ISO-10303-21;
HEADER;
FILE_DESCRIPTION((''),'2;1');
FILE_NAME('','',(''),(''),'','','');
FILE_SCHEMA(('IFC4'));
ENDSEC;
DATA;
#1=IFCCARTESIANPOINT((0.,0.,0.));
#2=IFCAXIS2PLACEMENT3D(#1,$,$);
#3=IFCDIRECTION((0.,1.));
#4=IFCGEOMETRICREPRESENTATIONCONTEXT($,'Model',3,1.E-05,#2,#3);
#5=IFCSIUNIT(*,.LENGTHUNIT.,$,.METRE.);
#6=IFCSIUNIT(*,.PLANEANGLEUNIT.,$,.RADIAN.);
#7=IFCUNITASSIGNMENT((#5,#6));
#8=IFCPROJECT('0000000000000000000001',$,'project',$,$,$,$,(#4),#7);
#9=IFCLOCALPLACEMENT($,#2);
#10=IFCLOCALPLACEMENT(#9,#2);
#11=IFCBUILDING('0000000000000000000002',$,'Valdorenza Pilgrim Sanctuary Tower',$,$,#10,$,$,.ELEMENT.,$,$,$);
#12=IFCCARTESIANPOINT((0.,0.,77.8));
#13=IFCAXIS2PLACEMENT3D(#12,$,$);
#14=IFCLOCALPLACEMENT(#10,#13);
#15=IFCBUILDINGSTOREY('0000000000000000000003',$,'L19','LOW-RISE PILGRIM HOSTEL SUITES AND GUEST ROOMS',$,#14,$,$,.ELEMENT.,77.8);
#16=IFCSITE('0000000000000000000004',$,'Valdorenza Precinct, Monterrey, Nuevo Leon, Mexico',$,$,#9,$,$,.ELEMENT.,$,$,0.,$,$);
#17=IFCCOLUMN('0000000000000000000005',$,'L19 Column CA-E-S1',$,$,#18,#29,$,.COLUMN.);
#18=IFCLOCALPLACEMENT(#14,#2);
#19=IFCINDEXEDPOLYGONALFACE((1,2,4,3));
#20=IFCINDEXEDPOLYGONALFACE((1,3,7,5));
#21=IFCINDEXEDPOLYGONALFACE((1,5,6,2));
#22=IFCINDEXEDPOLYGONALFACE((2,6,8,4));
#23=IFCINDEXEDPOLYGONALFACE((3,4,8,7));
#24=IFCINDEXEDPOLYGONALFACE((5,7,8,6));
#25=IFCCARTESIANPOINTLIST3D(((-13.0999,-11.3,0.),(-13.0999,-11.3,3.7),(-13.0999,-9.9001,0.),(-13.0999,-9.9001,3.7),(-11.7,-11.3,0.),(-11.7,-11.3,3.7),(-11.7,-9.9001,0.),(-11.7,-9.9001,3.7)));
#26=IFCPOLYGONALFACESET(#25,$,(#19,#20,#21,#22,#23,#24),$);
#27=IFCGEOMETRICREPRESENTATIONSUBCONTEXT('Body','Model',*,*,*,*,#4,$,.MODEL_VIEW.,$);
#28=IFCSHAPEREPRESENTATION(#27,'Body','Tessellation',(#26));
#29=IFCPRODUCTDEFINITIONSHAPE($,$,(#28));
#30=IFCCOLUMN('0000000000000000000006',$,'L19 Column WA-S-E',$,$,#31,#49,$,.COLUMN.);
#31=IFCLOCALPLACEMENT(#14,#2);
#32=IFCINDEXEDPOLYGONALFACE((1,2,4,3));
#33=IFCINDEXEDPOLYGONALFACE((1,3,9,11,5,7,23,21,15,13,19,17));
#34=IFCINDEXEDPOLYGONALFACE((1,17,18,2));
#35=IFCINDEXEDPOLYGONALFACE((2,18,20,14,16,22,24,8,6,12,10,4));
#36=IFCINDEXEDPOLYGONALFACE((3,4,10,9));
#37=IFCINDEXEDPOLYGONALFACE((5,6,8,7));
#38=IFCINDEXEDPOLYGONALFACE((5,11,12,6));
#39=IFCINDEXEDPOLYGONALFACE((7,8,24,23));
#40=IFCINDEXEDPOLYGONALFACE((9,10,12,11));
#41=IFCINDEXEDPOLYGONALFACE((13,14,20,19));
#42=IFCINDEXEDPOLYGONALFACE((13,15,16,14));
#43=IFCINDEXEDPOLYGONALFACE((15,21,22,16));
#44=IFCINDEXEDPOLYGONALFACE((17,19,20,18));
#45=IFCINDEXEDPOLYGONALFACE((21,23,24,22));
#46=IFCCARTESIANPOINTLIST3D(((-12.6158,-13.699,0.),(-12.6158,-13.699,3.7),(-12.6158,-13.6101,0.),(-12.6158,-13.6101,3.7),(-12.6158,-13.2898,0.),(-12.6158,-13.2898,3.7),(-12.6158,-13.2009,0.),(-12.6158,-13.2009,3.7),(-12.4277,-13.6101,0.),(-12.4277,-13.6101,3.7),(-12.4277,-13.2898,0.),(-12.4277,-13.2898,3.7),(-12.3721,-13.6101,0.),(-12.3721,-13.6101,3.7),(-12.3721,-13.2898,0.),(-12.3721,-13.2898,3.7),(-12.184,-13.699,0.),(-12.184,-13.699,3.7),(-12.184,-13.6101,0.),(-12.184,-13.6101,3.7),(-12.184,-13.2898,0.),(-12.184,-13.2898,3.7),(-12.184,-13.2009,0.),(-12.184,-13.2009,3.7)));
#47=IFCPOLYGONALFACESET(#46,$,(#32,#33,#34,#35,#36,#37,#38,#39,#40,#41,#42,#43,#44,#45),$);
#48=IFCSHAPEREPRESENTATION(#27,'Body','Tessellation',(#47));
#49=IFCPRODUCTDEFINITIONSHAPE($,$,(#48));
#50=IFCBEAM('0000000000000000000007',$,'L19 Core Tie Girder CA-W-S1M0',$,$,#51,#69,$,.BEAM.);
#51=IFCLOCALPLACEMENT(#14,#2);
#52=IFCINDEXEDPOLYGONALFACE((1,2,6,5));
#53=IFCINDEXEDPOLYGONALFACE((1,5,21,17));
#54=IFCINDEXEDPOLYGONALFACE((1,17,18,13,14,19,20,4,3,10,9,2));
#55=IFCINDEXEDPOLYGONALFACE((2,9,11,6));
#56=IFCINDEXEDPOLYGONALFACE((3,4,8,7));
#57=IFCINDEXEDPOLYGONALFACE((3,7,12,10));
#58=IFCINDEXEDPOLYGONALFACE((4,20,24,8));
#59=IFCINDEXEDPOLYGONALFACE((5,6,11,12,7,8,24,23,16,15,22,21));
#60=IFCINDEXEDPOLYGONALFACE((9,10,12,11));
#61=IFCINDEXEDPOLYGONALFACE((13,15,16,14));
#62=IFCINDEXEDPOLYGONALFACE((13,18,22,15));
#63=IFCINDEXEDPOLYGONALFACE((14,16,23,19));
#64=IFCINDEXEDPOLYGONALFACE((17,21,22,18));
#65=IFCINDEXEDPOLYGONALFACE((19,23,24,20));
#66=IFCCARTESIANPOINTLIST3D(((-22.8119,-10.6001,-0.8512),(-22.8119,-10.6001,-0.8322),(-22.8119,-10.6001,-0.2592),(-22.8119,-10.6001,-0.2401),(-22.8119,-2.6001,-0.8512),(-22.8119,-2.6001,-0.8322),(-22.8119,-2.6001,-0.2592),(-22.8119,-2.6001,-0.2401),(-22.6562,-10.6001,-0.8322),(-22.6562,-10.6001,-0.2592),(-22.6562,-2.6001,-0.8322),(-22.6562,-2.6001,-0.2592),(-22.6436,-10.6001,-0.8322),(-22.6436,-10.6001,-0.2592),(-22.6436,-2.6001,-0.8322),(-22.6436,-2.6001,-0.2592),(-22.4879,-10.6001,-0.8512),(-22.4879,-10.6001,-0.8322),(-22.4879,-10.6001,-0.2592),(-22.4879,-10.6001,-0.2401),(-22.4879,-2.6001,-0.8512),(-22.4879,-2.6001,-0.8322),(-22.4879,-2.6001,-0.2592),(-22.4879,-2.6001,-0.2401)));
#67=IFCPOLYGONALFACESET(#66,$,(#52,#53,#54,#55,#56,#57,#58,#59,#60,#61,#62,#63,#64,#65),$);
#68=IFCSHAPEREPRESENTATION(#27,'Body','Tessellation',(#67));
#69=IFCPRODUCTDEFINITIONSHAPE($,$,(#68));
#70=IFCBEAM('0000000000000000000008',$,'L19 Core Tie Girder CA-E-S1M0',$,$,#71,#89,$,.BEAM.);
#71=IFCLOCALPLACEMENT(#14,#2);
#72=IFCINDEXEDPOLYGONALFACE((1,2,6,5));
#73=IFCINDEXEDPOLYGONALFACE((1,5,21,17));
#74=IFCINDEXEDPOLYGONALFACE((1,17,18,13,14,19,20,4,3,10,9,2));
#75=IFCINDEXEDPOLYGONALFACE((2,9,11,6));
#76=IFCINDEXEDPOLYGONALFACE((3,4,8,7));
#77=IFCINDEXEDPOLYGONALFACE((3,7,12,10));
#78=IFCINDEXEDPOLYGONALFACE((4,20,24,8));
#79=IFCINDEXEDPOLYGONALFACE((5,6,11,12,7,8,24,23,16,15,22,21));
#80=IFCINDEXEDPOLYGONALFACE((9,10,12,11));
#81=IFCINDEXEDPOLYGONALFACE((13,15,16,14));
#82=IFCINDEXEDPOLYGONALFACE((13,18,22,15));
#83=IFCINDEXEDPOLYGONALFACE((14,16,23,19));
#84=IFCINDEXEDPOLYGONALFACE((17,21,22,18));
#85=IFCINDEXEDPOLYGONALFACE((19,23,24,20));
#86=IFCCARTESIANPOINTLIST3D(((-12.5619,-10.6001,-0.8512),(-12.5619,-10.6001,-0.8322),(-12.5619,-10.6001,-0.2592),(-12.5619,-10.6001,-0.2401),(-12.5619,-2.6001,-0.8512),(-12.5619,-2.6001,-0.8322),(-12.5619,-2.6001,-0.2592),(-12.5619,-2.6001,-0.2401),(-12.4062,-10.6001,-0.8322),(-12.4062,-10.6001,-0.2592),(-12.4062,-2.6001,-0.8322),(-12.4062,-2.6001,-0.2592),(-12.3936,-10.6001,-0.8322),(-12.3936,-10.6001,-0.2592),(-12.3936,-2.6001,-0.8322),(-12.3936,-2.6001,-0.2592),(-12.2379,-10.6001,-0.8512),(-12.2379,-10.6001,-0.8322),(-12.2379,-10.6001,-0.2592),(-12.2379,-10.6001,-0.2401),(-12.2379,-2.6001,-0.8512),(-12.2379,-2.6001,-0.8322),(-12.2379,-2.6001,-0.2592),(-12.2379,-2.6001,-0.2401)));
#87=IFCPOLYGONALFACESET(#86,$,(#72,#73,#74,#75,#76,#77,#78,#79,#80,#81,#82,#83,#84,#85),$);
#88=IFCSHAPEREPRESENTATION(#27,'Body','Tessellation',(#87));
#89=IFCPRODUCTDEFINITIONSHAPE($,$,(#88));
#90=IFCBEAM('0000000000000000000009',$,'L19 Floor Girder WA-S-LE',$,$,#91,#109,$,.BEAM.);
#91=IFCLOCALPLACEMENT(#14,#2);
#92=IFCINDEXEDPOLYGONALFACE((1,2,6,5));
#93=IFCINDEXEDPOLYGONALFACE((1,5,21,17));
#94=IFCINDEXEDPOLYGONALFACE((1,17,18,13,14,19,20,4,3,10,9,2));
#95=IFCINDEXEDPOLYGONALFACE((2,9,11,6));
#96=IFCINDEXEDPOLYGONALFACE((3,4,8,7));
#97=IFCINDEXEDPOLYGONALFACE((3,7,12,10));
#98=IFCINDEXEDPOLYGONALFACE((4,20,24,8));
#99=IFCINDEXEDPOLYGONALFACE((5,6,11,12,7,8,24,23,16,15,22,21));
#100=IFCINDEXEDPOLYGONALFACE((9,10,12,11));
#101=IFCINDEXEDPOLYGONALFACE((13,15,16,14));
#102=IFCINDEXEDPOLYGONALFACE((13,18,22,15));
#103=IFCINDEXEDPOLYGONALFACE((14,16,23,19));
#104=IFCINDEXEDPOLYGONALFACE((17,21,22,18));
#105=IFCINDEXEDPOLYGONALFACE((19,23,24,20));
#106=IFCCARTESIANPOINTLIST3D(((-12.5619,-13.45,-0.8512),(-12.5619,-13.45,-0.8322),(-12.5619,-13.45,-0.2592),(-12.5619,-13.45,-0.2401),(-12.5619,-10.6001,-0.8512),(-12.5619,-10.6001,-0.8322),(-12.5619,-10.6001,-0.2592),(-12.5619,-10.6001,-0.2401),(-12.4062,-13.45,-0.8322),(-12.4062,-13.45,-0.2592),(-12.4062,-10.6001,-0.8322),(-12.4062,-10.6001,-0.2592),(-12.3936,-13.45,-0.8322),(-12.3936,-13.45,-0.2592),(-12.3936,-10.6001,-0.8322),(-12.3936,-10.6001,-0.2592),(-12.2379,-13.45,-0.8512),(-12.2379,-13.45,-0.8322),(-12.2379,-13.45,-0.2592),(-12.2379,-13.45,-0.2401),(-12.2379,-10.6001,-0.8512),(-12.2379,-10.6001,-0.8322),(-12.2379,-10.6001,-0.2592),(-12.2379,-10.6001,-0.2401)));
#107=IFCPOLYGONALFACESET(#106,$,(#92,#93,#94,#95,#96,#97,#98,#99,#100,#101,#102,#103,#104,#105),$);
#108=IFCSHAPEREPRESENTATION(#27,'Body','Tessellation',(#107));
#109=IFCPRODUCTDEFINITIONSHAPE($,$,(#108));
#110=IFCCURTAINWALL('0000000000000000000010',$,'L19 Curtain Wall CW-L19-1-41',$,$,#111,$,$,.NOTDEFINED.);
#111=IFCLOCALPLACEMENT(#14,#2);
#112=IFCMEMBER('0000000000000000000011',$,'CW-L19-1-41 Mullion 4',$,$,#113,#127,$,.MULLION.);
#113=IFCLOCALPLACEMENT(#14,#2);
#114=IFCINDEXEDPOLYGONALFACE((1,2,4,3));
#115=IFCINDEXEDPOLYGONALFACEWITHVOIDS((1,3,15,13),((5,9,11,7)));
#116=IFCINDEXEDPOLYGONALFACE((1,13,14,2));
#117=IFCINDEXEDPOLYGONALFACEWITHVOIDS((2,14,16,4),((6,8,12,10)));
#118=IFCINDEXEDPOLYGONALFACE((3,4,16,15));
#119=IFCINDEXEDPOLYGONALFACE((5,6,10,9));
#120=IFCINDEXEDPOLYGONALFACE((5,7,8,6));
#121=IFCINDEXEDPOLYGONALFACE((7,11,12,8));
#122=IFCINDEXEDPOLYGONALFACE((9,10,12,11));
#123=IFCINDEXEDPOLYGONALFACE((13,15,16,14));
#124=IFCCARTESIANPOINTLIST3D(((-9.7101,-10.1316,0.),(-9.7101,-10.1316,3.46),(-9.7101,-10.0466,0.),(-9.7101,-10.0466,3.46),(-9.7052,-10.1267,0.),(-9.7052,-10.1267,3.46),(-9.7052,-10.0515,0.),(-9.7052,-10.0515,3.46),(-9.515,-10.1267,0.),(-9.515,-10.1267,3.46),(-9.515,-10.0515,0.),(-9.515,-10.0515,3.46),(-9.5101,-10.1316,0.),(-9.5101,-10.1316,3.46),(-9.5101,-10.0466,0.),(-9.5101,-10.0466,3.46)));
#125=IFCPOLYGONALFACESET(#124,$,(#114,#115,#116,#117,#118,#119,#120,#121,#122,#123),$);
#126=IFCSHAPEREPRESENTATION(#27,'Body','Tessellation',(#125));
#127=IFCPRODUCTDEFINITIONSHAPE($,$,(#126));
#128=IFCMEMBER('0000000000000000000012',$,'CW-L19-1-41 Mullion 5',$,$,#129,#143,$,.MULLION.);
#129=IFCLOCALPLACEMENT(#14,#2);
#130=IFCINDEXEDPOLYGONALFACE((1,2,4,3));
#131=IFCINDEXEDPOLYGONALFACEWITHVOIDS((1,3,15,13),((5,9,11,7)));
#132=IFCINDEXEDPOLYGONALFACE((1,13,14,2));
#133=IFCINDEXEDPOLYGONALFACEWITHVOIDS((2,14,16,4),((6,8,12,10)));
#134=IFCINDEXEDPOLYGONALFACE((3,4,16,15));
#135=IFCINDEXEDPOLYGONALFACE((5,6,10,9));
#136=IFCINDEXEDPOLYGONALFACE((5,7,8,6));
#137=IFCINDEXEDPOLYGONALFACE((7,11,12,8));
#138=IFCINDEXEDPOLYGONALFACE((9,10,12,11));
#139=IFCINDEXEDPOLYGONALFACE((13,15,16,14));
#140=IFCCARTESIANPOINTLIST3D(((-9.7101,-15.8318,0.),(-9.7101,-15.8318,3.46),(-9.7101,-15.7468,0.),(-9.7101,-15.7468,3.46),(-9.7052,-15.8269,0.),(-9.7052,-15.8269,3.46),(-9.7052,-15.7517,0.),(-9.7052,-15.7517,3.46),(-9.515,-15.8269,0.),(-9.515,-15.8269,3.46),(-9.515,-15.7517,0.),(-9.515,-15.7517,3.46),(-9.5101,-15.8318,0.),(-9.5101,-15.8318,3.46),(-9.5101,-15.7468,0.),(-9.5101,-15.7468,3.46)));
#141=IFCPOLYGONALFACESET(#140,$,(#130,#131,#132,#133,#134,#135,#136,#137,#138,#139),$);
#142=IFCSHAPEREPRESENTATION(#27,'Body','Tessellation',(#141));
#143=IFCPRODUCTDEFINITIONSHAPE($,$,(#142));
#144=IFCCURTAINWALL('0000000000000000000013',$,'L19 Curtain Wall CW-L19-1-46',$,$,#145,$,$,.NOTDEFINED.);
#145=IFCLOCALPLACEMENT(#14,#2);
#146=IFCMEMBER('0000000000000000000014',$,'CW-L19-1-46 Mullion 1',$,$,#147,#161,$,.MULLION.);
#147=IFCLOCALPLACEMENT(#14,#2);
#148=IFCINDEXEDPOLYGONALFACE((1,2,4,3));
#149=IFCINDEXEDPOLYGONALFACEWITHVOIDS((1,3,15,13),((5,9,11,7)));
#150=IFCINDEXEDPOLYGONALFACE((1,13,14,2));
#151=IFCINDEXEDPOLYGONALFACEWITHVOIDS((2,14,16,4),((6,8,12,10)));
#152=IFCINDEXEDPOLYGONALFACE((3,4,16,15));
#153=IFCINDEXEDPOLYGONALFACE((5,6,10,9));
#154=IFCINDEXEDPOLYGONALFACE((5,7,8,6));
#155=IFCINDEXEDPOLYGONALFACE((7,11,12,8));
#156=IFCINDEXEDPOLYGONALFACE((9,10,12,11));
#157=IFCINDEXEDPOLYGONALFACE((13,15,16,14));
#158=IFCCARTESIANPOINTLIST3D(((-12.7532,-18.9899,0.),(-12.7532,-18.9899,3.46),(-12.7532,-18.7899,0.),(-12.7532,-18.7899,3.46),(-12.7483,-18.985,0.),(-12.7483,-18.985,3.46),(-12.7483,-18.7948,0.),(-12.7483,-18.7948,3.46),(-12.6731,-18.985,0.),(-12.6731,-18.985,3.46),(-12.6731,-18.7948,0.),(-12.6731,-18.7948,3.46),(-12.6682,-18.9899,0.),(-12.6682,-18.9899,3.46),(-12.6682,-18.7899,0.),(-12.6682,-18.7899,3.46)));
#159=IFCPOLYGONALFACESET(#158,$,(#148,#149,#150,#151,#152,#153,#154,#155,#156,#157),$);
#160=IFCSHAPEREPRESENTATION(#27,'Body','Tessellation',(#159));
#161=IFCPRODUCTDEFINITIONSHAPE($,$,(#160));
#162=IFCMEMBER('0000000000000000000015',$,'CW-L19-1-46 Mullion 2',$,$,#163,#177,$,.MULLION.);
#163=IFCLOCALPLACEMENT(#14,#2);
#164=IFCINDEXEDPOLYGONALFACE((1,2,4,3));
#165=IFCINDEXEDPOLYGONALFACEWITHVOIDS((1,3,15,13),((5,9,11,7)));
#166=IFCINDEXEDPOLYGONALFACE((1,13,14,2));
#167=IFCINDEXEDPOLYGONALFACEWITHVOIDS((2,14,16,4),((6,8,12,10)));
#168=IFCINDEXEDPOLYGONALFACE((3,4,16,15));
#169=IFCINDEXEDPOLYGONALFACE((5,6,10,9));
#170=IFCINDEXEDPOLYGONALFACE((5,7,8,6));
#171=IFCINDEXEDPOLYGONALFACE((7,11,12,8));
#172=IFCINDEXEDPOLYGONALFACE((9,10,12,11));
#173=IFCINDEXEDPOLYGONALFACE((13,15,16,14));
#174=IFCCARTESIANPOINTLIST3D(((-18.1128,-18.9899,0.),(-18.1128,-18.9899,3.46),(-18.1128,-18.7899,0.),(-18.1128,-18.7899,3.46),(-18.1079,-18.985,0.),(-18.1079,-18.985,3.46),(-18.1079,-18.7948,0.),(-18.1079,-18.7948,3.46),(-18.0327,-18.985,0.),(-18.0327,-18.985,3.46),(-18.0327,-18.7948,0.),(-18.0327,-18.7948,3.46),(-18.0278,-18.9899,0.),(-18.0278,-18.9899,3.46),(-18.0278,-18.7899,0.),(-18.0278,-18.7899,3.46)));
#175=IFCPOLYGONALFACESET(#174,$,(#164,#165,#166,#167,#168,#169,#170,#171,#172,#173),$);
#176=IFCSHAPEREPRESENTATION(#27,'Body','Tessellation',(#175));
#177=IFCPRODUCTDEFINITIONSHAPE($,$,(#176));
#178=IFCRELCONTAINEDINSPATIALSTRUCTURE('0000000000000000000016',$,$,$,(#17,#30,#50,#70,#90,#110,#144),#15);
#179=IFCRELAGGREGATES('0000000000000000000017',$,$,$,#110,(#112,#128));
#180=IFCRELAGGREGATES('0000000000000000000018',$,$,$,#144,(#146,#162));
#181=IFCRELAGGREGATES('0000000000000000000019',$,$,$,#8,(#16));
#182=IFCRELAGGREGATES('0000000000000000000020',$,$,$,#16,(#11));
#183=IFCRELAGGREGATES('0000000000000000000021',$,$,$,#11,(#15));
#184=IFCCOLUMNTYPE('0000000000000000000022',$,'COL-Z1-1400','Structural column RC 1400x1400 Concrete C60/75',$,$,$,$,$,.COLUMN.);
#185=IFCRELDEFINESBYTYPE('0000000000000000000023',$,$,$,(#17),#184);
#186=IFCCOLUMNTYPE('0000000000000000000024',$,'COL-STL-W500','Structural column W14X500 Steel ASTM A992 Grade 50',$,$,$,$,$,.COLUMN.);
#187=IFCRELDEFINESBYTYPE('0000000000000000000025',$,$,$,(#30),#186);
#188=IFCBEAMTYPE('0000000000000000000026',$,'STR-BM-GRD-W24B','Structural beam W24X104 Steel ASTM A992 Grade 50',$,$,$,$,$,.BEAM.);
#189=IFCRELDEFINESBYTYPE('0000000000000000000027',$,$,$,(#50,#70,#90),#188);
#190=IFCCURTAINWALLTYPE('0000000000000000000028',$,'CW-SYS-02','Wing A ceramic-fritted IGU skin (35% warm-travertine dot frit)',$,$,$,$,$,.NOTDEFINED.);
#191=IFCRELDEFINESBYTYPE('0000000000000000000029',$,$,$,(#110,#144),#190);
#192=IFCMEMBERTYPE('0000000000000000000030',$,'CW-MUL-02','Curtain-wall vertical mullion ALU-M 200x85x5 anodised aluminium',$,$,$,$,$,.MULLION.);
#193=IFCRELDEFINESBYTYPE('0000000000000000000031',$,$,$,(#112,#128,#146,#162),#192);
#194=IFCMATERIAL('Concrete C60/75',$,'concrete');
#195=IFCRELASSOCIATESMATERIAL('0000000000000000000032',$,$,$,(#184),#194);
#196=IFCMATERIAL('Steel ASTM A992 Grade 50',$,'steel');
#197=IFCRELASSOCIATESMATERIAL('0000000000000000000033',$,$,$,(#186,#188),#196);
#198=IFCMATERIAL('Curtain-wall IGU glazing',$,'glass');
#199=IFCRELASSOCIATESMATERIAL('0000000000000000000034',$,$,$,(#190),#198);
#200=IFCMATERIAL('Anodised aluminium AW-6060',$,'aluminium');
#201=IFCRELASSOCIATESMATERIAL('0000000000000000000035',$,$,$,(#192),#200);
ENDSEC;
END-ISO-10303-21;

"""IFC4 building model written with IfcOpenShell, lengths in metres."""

from ifc_helpers import new_model, si_unit, direction, frame, origin, origin_2d, place, context, subcontext, project, spatial, rectangle, hollow_rectangle, i_section, extrude, source, transform, mapped, material, material_profile, profile_set, type_object, element, aggregate, save


model = new_model("IFC4")

# Units and contexts
model_context = context("Model", 3, precision=1e-05, world=origin(), true_north=direction((0.0, 1.0)))
body_context = subcontext(model_context, "Body", "Model", "MODEL_VIEW")
ifc_project = project(units=[si_unit("LENGTHUNIT", "METRE"), si_unit("PLANEANGLEUNIT", "RADIAN")], contexts=[model_context])

# Site, building, storey
site_placement = place(None, origin())
site = spatial("IfcSite", under=ifc_project, at=site_placement, Name="Valdorenza Precinct, Monterrey, Nuevo Leon, Mexico", CompositionType="ELEMENT", RefElevation=0.0)
building_placement = place(site_placement, origin())
building = spatial("IfcBuilding", under=site, at=building_placement, Name="Valdorenza Pilgrim Sanctuary Tower", CompositionType="ELEMENT")
storey_placement = place(building_placement, frame((0.0, 0.0, 77.8)))
storey = spatial("IfcBuildingStorey", under=building, at=storey_placement, Name="L19", Description="LOW-RISE PILGRIM HOSTEL SUITES AND GUEST ROOMS", CompositionType="ELEMENT", Elevation=77.8)

# Columns
ifc_material_1 = material(Name="Concrete C60/75", Category="concrete")
ifc_material_profile_1 = material_profile(ifc_material_1, rectangle(XDim=1.3999, YDim=1.3999, at=origin_2d()), Name="RC 1400x1400")
ifc_profile_set_1 = profile_set([ifc_material_profile_1], Name="Concrete C60/75")
column_type_1 = type_object("IfcColumnType", Name="COL-Z1-1400", Description="Structural column RC 1400x1400 Concrete C60/75", PredefinedType="COLUMN", material=ifc_profile_set_1)
shared_shape_1 = source(origin(), body_context, "Body", "SweptSolid", [
    extrude(rectangle(XDim=1.3999, YDim=1.3999, at=origin_2d()), origin(), (0.0, 0.0, 1.0), 3.7),
])
column_1_placement = place(storey_placement, frame((-12.3999, -10.6001, 0.0), z_axis=(0.0, 0.0, 1.0), x_axis=(1.0, 0.0, 0.0)))
element("IfcColumn", 1, at=column_1_placement, inside=storey, type_object=column_type_1, Name="L19 Column CA-E-S1", PredefinedType="COLUMN", context=body_context, shape_type="MappedRepresentation", body=[
    mapped(shared_shape_1, transform((0.0, 0.0, 0.0), x_axis=(1.0, 0.0, 0.0), y_axis=(0.0, 1.0, 0.0), z_axis=(0.0, 0.0, 1.0), scale=1.0)),
])
ifc_material_2 = material(Name="Steel ASTM A992 Grade 50", Category="steel")
ifc_material_profile_2 = material_profile(ifc_material_2, i_section(OverallWidth=0.4319, OverallDepth=0.498, WebThickness=0.0557, FlangeThickness=0.0889, at=origin_2d()), Name="W14X500")
ifc_profile_set_2 = profile_set([ifc_material_profile_2], Name="Steel ASTM A992 Grade 50")
column_type_2 = type_object("IfcColumnType", Name="COL-STL-W500", Description="Structural column W14X500 Steel ASTM A992 Grade 50", PredefinedType="COLUMN", material=ifc_profile_set_2)
shared_shape_2 = source(origin(), body_context, "Body", "SweptSolid", [
    extrude(i_section(OverallWidth=0.4319, OverallDepth=0.498, WebThickness=0.0557, FlangeThickness=0.0889, at=origin_2d()), origin(), (0.0, 0.0, 1.0), 3.7),
])
column_2_placement = place(storey_placement, frame((-12.3999, -13.45, 0.0), z_axis=(0.0, 0.0, 1.0), x_axis=(1.0, 0.0, 0.0)))
element("IfcColumn", 2, at=column_2_placement, inside=storey, type_object=column_type_2, Name="L19 Column WA-S-E", PredefinedType="COLUMN", context=body_context, shape_type="MappedRepresentation", body=[
    mapped(shared_shape_2, transform((0.0, 0.0, 0.0), x_axis=(1.0, 0.0, 0.0), y_axis=(0.0, 1.0, 0.0), z_axis=(0.0, 0.0, 1.0), scale=1.0)),
])

# Beams
ifc_material_profile_3 = material_profile(ifc_material_2, i_section(OverallWidth=0.324, OverallDepth=0.6111, WebThickness=0.0127, FlangeThickness=0.019, at=origin_2d()), Name="W24X104")
ifc_profile_set_3 = profile_set([ifc_material_profile_3], Name="Steel ASTM A992 Grade 50")
beam_type = type_object("IfcBeamType", Name="STR-BM-GRD-W24B", Description="Structural beam W24X104 Steel ASTM A992 Grade 50", PredefinedType="BEAM", material=ifc_profile_set_3)
shared_shape_3 = source(origin(), body_context, "Body", "SweptSolid", [
    extrude(i_section(OverallWidth=0.324, OverallDepth=0.6111, WebThickness=0.0127, FlangeThickness=0.019, at=origin_2d()), origin(), (0.0, 0.0, 1.0), 8.0),
])
for number, where, z_axis, x_axis, name in (
    (3, (-22.6499, -10.6001, -0.5457), (0.0, 1.0, 0.0), (-1.0, 0.0, 0.0), "L19 Core Tie Girder CA-W-S1M0"),
    (4, (-12.3999, -10.6001, -0.5457), (0.0, 1.0, 0.0), (-1.0, 0.0, 0.0), "L19 Core Tie Girder CA-E-S1M0"),
):
    element("IfcBeam", number, at=place(storey_placement, frame(where, z_axis=z_axis, x_axis=x_axis)), inside=storey, type_object=beam_type, Name=name, PredefinedType="BEAM", context=body_context, shape_type="MappedRepresentation", body=[
        mapped(shared_shape_3, transform((0.0, 0.0, 0.0), x_axis=(1.0, 0.0, 0.0), y_axis=(0.0, 1.0, 0.0), z_axis=(0.0, 0.0, 1.0), scale=1.0)),
    ])
shared_shape_4 = source(origin(), body_context, "Body", "SweptSolid", [
    extrude(i_section(OverallWidth=0.324, OverallDepth=0.6111, WebThickness=0.0127, FlangeThickness=0.019, at=origin_2d()), origin(), (0.0, 0.0, 1.0), 2.8499),
])
beam_placement = place(storey_placement, frame((-12.3999, -13.45, -0.5457), z_axis=(0.0, 1.0, 0.0), x_axis=(-1.0, 0.0, 0.0)))
element("IfcBeam", 5, at=beam_placement, inside=storey, type_object=beam_type, Name="L19 Floor Girder WA-S-LE", PredefinedType="BEAM", context=body_context, shape_type="MappedRepresentation", body=[
    mapped(shared_shape_4, transform((0.0, 0.0, 0.0), x_axis=(1.0, 0.0, 0.0), y_axis=(0.0, 1.0, 0.0), z_axis=(0.0, 0.0, 1.0), scale=1.0)),
])

# Curtain walls, members
ifc_material_3 = material(Name="Curtain-wall IGU glazing", Category="glass")
curtain_wall_type = type_object("IfcCurtainWallType", Name="CW-SYS-02", Description="Wing A ceramic-fritted IGU skin (35% warm-travertine dot frit)", PredefinedType="NOTDEFINED", material=ifc_material_3)
curtain_wall_1_placement = place(storey_placement, origin())
curtain_wall_1 = element("IfcCurtainWall", 6, at=curtain_wall_1_placement, inside=storey, type_object=curtain_wall_type, Name="L19 Curtain Wall CW-L19-1-41", PredefinedType="NOTDEFINED")
ifc_material_4 = material(Name="Anodised aluminium AW-6060", Category="aluminium")
ifc_material_profile_4 = material_profile(ifc_material_4, hollow_rectangle(XDim=0.085, YDim=0.2, WallThickness=0.0049, at=origin_2d()), Name="ALU-M 200x85x5")
ifc_profile_set_4 = profile_set([ifc_material_profile_4], Name="Anodised aluminium AW-6060")
member_type_1 = type_object("IfcMemberType", Name="CW-MUL-02", Description="Curtain-wall vertical mullion ALU-M 200x85x5 anodised aluminium", PredefinedType="MULLION", material=ifc_profile_set_4)
shared_shape_5 = source(origin(), body_context, "Body", "SweptSolid", [
    extrude(hollow_rectangle(XDim=0.085, YDim=0.2, WallThickness=0.0049, at=origin_2d()), origin(), (0.0, 0.0, 1.0), 3.46),
])
member_1_placement = place(storey_placement, frame((-9.6101, -10.0891, 0.0), z_axis=(0.0, 0.0, 1.0), x_axis=(0.0, -1.0, 0.0)))
member_1 = element("IfcMember", 7, at=member_1_placement, type_object=member_type_1, Name="CW-L19-1-41 Mullion 4", PredefinedType="MULLION", context=body_context, shape_type="MappedRepresentation", body=[
    mapped(shared_shape_5, transform((0.0, 0.0, 0.0), x_axis=(1.0, 0.0, 0.0), y_axis=(0.0, 1.0, 0.0), z_axis=(0.0, 0.0, 1.0), scale=1.0)),
])
member_2_placement = place(storey_placement, frame((-9.6101, -15.7893, 0.0), z_axis=(0.0, 0.0, 1.0), x_axis=(0.0, -1.0, 0.0)))
member_2 = element("IfcMember", 8, at=member_2_placement, type_object=member_type_1, Name="CW-L19-1-41 Mullion 5", PredefinedType="MULLION", context=body_context, shape_type="MappedRepresentation", body=[
    mapped(shared_shape_5, transform((0.0, 0.0, 0.0), x_axis=(1.0, 0.0, 0.0), y_axis=(0.0, 1.0, 0.0), z_axis=(0.0, 0.0, 1.0), scale=1.0)),
])
curtain_wall_2_placement = place(storey_placement, origin())
curtain_wall_2 = element("IfcCurtainWall", 9, at=curtain_wall_2_placement, inside=storey, type_object=curtain_wall_type, Name="L19 Curtain Wall CW-L19-1-46", PredefinedType="NOTDEFINED")
member_3_placement = place(storey_placement, frame((-12.7107, -18.8899, 0.0), z_axis=(0.0, 0.0, 1.0), x_axis=(-1.0, 0.0, 0.0)))
member_3 = element("IfcMember", 10, at=member_3_placement, type_object=member_type_1, Name="CW-L19-1-46 Mullion 1", PredefinedType="MULLION", context=body_context, shape_type="MappedRepresentation", body=[
    mapped(shared_shape_5, transform((0.0, 0.0, 0.0), x_axis=(1.0, 0.0, 0.0), y_axis=(0.0, 1.0, 0.0), z_axis=(0.0, 0.0, 1.0), scale=1.0)),
])
member_4_placement = place(storey_placement, frame((-18.0703, -18.8899, 0.0), z_axis=(0.0, 0.0, 1.0), x_axis=(-1.0, 0.0, 0.0)))
member_4 = element("IfcMember", 11, at=member_4_placement, type_object=member_type_1, Name="CW-L19-1-46 Mullion 2", PredefinedType="MULLION", context=body_context, shape_type="MappedRepresentation", body=[
    mapped(shared_shape_5, transform((0.0, 0.0, 0.0), x_axis=(1.0, 0.0, 0.0), y_axis=(0.0, 1.0, 0.0), z_axis=(0.0, 0.0, 1.0), scale=1.0)),
])

aggregate(curtain_wall_1, [member_1, member_2])
aggregate(curtain_wall_2, [member_3, member_4])

save(model, "model.ifc")
